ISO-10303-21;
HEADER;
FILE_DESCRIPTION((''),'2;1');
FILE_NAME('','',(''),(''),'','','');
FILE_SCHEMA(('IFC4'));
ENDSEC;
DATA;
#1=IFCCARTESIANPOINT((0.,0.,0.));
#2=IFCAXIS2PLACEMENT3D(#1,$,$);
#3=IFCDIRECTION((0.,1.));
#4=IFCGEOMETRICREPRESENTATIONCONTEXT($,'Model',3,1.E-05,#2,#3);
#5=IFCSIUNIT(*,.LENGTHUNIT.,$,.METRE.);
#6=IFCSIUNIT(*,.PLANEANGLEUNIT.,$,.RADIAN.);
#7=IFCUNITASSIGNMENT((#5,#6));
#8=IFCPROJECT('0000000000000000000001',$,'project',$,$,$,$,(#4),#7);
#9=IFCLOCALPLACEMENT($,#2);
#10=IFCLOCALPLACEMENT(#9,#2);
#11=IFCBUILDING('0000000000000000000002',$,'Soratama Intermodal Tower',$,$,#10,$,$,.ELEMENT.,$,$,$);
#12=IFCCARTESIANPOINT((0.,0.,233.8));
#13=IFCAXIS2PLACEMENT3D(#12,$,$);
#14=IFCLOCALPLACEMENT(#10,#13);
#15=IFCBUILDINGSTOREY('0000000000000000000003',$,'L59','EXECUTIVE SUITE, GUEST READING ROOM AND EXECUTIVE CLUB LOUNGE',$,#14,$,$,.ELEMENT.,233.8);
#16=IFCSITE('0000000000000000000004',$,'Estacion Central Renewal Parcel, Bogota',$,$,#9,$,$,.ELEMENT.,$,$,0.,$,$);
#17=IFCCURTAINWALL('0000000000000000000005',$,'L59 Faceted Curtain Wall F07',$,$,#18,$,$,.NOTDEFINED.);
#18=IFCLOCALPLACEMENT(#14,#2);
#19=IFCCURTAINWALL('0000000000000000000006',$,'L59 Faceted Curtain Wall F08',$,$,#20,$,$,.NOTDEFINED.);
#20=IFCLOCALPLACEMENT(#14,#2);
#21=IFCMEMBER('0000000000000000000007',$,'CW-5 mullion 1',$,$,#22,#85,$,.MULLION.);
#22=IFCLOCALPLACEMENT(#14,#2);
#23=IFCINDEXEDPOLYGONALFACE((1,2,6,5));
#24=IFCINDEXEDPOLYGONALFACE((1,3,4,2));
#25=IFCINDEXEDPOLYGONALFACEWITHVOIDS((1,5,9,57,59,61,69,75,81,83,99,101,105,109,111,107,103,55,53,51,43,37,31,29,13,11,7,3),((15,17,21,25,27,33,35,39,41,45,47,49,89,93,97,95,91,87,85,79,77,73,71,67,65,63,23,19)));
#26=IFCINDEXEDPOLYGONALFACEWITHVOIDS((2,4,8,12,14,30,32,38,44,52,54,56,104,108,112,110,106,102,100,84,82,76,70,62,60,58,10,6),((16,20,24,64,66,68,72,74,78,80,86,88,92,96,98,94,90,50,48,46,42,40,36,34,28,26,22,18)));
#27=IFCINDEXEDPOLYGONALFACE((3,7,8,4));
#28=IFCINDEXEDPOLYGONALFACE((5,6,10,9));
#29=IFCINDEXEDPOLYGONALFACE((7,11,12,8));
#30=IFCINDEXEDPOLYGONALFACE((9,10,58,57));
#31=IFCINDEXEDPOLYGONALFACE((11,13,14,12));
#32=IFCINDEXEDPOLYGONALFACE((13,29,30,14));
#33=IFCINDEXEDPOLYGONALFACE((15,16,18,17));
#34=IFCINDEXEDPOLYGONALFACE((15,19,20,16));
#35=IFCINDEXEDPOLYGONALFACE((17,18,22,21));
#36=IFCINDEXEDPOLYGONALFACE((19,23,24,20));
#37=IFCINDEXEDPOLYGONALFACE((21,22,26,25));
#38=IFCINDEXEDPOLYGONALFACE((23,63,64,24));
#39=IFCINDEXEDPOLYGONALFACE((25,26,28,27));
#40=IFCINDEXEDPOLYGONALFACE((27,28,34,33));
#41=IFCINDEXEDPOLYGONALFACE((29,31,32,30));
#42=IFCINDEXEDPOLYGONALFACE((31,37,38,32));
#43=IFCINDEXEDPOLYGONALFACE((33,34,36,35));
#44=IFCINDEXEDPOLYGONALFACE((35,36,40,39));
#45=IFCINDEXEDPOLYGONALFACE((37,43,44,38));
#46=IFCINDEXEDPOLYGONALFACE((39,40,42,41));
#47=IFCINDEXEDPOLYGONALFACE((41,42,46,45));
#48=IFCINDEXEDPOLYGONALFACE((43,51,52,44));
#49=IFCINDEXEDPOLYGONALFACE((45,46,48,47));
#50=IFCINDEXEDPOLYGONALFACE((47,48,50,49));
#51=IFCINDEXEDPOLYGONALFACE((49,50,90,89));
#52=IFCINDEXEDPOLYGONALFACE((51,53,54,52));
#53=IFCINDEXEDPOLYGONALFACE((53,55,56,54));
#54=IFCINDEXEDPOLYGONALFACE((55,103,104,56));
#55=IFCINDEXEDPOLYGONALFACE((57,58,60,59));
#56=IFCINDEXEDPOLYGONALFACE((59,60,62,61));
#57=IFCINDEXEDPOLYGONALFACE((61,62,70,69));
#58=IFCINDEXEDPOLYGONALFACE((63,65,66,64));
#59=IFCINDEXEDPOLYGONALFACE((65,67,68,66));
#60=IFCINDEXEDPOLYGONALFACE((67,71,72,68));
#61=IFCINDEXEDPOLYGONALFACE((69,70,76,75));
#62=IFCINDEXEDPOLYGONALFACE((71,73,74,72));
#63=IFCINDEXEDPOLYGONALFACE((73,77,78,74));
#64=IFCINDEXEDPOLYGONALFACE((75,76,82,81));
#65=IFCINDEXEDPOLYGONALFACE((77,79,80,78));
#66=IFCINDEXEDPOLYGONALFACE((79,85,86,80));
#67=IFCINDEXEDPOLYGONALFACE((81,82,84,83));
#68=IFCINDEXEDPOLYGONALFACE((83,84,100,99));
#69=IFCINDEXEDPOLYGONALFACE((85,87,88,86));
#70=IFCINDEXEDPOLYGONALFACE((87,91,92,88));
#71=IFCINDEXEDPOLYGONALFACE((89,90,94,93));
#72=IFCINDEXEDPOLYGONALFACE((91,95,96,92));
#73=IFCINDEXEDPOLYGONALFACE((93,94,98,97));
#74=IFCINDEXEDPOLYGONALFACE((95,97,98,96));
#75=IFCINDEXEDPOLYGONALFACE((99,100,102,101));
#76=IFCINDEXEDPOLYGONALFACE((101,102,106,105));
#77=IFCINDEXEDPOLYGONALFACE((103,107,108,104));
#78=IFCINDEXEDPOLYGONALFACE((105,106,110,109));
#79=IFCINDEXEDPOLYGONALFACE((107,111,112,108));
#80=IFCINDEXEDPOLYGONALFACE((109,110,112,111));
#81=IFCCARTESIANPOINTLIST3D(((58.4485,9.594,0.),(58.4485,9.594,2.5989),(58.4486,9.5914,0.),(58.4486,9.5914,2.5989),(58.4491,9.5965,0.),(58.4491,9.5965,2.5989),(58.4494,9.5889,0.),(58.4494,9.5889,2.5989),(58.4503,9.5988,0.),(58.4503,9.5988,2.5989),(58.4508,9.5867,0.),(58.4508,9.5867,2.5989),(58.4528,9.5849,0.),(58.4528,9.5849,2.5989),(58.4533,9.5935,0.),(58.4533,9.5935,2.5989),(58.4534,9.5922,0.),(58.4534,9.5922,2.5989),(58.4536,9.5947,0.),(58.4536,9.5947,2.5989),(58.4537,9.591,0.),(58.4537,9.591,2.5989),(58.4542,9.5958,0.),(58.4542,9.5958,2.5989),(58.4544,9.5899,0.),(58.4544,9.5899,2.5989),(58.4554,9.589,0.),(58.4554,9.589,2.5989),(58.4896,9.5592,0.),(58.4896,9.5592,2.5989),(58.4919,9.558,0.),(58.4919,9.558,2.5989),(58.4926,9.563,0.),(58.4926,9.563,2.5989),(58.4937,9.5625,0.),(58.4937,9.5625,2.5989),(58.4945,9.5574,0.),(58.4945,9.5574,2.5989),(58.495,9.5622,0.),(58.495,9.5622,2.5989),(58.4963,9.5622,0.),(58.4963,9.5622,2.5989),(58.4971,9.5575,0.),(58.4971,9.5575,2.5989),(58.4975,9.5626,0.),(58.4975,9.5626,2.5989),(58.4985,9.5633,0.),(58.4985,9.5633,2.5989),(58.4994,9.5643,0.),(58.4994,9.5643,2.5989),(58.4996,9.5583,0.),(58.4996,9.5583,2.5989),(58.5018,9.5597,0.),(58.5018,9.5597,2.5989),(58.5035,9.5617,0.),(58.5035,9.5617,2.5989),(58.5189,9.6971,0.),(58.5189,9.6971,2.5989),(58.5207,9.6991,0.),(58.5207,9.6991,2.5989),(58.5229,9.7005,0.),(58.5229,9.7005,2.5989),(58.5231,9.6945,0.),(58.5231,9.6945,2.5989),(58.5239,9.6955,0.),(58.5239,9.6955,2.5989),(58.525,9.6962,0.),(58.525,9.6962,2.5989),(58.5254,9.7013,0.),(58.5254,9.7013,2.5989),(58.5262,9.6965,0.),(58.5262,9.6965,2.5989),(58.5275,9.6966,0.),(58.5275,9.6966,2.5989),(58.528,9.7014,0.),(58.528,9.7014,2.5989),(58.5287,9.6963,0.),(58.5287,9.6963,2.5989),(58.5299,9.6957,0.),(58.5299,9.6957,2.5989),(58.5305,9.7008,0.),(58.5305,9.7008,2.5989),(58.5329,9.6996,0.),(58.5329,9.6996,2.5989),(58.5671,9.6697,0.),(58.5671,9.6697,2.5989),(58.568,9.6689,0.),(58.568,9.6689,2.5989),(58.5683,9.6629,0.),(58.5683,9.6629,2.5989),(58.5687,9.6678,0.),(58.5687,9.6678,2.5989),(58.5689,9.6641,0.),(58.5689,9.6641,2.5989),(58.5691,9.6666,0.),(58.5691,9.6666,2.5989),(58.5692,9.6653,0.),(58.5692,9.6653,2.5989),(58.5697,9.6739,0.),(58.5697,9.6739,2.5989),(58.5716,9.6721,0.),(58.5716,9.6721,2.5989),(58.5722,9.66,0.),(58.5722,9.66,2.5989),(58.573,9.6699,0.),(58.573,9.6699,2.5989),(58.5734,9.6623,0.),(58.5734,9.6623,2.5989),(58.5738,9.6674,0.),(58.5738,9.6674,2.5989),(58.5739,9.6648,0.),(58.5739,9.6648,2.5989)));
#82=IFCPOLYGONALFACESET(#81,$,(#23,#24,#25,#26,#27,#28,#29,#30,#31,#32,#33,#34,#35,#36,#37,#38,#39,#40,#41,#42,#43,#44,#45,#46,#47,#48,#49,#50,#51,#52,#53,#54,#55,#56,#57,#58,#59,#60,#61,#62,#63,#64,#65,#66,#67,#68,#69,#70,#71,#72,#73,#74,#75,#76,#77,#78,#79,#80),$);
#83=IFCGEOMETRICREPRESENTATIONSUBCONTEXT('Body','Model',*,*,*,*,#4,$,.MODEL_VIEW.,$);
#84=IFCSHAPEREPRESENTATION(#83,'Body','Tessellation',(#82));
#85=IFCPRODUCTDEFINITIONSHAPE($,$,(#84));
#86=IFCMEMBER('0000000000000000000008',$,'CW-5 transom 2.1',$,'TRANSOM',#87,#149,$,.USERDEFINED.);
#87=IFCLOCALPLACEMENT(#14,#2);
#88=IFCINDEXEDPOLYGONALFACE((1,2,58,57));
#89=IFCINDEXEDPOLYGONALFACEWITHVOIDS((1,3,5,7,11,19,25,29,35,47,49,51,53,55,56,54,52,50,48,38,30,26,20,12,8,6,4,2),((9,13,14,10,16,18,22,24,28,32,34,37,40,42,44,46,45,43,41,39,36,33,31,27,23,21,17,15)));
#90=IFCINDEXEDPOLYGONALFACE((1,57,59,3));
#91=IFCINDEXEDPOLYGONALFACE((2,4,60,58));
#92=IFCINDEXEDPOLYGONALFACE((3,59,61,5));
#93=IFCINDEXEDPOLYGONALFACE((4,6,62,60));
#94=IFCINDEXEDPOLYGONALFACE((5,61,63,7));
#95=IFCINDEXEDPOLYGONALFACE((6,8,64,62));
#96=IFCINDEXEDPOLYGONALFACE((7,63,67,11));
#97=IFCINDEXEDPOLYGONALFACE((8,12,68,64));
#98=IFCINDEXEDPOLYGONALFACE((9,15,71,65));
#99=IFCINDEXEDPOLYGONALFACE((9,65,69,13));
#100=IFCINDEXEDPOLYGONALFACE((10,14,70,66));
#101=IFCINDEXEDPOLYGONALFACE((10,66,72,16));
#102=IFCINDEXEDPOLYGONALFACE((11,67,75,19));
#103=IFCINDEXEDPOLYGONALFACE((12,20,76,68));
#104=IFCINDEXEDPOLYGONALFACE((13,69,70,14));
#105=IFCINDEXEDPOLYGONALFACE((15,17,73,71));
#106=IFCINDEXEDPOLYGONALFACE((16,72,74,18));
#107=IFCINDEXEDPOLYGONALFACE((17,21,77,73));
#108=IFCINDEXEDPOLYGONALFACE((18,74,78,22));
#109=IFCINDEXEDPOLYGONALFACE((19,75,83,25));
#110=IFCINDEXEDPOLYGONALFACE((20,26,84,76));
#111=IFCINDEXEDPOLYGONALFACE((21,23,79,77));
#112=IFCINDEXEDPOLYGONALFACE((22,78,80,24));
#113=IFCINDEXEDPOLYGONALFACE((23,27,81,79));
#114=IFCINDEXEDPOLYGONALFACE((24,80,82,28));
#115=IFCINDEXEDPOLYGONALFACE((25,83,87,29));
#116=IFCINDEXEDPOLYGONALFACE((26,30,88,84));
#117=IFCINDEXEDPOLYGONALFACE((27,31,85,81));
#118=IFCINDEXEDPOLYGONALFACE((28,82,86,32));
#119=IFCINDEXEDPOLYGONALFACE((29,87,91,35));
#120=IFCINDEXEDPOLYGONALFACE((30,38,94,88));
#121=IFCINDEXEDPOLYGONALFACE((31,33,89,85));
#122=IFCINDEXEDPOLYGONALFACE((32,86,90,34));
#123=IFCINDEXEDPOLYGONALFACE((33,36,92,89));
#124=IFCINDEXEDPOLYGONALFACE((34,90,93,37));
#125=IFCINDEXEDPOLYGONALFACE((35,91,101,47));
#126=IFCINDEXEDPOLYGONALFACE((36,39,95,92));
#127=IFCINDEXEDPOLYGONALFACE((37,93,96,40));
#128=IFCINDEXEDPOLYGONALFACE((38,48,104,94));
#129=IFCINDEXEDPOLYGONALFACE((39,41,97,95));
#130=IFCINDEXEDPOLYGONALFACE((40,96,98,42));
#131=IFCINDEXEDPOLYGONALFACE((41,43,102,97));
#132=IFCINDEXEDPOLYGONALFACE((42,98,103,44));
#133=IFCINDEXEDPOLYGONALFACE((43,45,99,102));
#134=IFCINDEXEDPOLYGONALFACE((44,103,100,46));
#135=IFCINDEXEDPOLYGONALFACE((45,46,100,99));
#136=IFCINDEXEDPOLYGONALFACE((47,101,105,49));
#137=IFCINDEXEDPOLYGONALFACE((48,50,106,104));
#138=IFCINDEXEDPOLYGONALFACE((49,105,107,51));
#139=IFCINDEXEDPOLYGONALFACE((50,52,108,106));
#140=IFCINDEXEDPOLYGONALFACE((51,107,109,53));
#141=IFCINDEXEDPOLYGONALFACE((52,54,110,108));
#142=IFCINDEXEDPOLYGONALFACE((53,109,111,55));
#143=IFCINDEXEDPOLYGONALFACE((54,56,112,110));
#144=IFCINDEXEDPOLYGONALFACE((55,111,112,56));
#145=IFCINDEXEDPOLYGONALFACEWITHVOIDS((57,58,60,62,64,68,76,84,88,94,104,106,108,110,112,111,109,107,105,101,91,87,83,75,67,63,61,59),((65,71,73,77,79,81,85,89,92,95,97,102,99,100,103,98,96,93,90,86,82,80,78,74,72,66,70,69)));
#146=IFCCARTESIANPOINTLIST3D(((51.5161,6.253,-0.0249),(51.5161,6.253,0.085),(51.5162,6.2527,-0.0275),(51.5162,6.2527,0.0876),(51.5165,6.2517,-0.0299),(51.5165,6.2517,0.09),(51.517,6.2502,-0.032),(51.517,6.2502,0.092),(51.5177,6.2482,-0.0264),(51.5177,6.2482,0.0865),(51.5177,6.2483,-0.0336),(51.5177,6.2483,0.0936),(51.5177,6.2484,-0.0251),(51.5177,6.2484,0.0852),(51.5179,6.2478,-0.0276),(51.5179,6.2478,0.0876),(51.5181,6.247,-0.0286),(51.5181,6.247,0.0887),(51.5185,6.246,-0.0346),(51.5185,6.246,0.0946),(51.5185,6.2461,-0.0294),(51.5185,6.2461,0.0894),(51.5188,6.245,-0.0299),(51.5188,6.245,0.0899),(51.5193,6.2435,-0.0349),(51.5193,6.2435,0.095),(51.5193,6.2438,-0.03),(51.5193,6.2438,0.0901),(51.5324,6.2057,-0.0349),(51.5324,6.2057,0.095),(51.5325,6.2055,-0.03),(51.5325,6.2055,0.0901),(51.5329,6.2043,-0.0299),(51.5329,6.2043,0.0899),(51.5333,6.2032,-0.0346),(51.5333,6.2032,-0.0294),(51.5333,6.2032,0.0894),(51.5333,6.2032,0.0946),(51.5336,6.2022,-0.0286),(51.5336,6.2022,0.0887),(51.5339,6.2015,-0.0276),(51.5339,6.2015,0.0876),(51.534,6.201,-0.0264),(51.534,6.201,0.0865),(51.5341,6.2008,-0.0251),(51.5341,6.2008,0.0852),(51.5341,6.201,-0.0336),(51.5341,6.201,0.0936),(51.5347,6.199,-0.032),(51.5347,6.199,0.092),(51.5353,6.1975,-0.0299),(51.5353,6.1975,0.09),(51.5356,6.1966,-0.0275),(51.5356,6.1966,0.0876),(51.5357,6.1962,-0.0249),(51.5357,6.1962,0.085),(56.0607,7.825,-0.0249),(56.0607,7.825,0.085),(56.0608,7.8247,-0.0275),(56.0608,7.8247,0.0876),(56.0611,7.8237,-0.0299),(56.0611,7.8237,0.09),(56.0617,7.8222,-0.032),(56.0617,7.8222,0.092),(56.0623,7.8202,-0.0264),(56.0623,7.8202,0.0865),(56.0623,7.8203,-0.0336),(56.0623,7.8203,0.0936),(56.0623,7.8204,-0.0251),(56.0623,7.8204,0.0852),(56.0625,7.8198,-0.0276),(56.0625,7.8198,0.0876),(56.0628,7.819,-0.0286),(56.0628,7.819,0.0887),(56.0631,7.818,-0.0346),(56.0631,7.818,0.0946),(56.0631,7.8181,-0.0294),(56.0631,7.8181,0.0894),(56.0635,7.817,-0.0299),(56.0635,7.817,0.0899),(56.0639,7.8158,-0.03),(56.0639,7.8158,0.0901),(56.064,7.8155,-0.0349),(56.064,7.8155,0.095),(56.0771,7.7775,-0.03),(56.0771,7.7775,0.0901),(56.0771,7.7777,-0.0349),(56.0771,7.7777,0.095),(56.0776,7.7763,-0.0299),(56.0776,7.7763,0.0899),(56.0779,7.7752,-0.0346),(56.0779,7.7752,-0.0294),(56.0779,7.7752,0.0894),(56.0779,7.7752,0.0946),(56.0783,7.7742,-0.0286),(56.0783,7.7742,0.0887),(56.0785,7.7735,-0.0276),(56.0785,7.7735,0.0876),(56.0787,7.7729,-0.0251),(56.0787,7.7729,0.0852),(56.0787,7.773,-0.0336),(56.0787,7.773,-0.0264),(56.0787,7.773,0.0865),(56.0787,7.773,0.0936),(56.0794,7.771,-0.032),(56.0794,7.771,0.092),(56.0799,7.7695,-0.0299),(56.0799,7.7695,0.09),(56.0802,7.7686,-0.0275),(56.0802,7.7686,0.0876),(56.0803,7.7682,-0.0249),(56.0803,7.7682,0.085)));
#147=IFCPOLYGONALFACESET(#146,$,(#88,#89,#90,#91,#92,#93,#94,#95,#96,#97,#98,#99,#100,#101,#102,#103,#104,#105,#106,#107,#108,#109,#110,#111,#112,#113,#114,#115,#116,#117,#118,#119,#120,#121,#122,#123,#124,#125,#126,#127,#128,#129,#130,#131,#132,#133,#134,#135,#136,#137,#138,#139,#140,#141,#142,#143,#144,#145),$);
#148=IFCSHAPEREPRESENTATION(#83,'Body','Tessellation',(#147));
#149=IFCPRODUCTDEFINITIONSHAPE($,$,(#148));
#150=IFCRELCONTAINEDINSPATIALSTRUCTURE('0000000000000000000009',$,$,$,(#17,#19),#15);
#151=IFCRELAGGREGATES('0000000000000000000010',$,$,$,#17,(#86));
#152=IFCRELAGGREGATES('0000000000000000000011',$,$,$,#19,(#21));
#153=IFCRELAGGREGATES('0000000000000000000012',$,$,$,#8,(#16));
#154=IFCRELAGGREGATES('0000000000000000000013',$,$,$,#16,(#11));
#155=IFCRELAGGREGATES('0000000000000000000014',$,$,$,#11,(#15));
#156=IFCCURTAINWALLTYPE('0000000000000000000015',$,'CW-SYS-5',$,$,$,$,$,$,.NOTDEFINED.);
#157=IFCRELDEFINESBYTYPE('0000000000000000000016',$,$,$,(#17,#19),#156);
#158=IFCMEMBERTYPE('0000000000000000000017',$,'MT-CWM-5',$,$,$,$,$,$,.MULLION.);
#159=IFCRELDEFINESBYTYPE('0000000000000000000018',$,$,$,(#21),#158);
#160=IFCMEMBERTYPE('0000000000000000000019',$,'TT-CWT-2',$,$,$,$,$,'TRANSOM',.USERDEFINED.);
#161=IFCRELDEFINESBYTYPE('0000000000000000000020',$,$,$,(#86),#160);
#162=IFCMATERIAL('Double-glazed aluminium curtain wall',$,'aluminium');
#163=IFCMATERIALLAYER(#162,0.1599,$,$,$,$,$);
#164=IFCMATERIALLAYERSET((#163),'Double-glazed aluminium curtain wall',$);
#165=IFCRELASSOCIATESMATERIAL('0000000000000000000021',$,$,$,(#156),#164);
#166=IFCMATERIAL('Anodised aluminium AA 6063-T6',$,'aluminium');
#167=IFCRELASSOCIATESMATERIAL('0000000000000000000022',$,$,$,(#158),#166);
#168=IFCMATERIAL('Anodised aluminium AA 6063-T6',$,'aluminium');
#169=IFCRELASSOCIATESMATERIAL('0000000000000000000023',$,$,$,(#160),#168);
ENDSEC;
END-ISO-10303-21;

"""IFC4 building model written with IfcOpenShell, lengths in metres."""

from ifc_helpers import new_model, si_unit, direction, frame, origin, origin_2d, place, context, subcontext, project, spatial, hollow_rectangle, extrude, material, layer, layer_set, material_profile, profile_set, type_object, element, aggregate, save


model = new_model("IFC4")

# Units and contexts
model_context = context("Model", 3, precision=1e-05, world=origin(), true_north=direction((0.0, 1.0)))
body_context = subcontext(model_context, "Body", "Model", "MODEL_VIEW")
ifc_project = project(units=[si_unit("LENGTHUNIT", "METRE"), si_unit("PLANEANGLEUNIT", "RADIAN")], contexts=[model_context])

# Site, building, storey
site_placement = place(None, origin())
site = spatial("IfcSite", under=ifc_project, at=site_placement, Name="Estacion Central Renewal Parcel, Bogota", CompositionType="ELEMENT", RefElevation=0.0)
building_placement = place(site_placement, origin())
building = spatial("IfcBuilding", under=site, at=building_placement, Name="Soratama Intermodal Tower", CompositionType="ELEMENT")
storey_placement = place(building_placement, frame((0.0, 0.0, 233.8)))
storey = spatial("IfcBuildingStorey", under=building, at=storey_placement, Name="L59", Description="EXECUTIVE SUITE, GUEST READING ROOM AND EXECUTIVE CLUB LOUNGE", CompositionType="ELEMENT", Elevation=233.8)

# Curtain wall
ifc_material_1 = material(Name="Double-glazed aluminium curtain wall", Category="aluminium")
ifc_layer_1 = layer(ifc_material_1, 0.1599)
ifc_layer_set_1 = layer_set([ifc_layer_1], Name="Double-glazed aluminium curtain wall")
curtain_wall_type = type_object("IfcCurtainWallType", Name="CW-SYS-5", PredefinedType="NOTDEFINED", material=ifc_layer_set_1)
curtain_wall_1_placement = place(storey_placement, origin())
curtain_wall_1 = element("IfcCurtainWall", 1, at=curtain_wall_1_placement, inside=storey, type_object=curtain_wall_type, Name="L59 Faceted Curtain Wall F07", PredefinedType="NOTDEFINED")
ifc_material_2 = material(Name="Anodised aluminium AA 6063-T6", Category="aluminium")
ifc_material_profile_1 = material_profile(ifc_material_2, hollow_rectangle(XDim=0.0649, YDim=0.1399, WallThickness=0.0049, InnerFilletRadius=0.0049, OuterFilletRadius=0.01, at=origin_2d()), Name="CWM140X65X5")
ifc_profile_set_1 = profile_set([ifc_material_profile_1], Name="Anodised aluminium AA 6063-T6")
member_type_1 = type_object("IfcMemberType", Name="MT-CWM-5", PredefinedType="MULLION", material=ifc_profile_set_1)

# Curtain wall, member
curtain_wall_2_placement = place(storey_placement, origin())
curtain_wall_2 = element("IfcCurtainWall", 2, at=curtain_wall_2_placement, inside=storey, type_object=curtain_wall_type, Name="L59 Faceted Curtain Wall F08", PredefinedType="NOTDEFINED")
member_1_placement = place(storey_placement, frame((58.5112, 9.6294, 0.0), z_axis=(0.0, 0.0, 1.0), x_axis=(-0.819951, 0.572433, 0.0)))
member_1 = element("IfcMember", 3, at=member_1_placement, type_object=member_type_1, Name="CW-5 mullion 1", PredefinedType="MULLION", context=body_context, shape_type="SweptSolid", body=[
    extrude(hollow_rectangle(XDim=0.0649, YDim=0.1399, WallThickness=0.0049, InnerFilletRadius=0.0049, OuterFilletRadius=0.01, at=origin_2d()), origin(), (0.0, 0.0, 1.0), 2.5989),
])

# Member
ifc_material_3 = material(Name="Anodised aluminium AA 6063-T6", Category="aluminium")
ifc_material_profile_2 = material_profile(ifc_material_3, hollow_rectangle(XDim=0.0601, YDim=0.1299, WallThickness=0.0049, InnerFilletRadius=0.0049, OuterFilletRadius=0.01, at=origin_2d()), Name="CWT130X60X5")
ifc_profile_set_2 = profile_set([ifc_material_profile_2], Name="Anodised aluminium AA 6063-T6")
member_type_2 = type_object("IfcMemberType", Name="TT-CWT-2", ElementType="TRANSOM", PredefinedType="USERDEFINED", material=ifc_profile_set_2)
member_2_placement = place(storey_placement, frame((51.5259, 6.2246, 0.03), z_axis=(0.945059, 0.3269, 0.0), x_axis=(-0.3269, 0.945059, 0.0)))
member_2 = element("IfcMember", 4, at=member_2_placement, type_object=member_type_2, Name="CW-5 transom 2.1", ObjectType="TRANSOM", PredefinedType="USERDEFINED", context=body_context, shape_type="SweptSolid", body=[
    extrude(hollow_rectangle(XDim=0.0601, YDim=0.1299, WallThickness=0.0049, InnerFilletRadius=0.0049, OuterFilletRadius=0.01, at=origin_2d()), origin(), (0.0, 0.0, 1.0), 4.8088),
])

aggregate(curtain_wall_1, [member_2])
aggregate(curtain_wall_2, [member_1])

save(model, "model.ifc")
